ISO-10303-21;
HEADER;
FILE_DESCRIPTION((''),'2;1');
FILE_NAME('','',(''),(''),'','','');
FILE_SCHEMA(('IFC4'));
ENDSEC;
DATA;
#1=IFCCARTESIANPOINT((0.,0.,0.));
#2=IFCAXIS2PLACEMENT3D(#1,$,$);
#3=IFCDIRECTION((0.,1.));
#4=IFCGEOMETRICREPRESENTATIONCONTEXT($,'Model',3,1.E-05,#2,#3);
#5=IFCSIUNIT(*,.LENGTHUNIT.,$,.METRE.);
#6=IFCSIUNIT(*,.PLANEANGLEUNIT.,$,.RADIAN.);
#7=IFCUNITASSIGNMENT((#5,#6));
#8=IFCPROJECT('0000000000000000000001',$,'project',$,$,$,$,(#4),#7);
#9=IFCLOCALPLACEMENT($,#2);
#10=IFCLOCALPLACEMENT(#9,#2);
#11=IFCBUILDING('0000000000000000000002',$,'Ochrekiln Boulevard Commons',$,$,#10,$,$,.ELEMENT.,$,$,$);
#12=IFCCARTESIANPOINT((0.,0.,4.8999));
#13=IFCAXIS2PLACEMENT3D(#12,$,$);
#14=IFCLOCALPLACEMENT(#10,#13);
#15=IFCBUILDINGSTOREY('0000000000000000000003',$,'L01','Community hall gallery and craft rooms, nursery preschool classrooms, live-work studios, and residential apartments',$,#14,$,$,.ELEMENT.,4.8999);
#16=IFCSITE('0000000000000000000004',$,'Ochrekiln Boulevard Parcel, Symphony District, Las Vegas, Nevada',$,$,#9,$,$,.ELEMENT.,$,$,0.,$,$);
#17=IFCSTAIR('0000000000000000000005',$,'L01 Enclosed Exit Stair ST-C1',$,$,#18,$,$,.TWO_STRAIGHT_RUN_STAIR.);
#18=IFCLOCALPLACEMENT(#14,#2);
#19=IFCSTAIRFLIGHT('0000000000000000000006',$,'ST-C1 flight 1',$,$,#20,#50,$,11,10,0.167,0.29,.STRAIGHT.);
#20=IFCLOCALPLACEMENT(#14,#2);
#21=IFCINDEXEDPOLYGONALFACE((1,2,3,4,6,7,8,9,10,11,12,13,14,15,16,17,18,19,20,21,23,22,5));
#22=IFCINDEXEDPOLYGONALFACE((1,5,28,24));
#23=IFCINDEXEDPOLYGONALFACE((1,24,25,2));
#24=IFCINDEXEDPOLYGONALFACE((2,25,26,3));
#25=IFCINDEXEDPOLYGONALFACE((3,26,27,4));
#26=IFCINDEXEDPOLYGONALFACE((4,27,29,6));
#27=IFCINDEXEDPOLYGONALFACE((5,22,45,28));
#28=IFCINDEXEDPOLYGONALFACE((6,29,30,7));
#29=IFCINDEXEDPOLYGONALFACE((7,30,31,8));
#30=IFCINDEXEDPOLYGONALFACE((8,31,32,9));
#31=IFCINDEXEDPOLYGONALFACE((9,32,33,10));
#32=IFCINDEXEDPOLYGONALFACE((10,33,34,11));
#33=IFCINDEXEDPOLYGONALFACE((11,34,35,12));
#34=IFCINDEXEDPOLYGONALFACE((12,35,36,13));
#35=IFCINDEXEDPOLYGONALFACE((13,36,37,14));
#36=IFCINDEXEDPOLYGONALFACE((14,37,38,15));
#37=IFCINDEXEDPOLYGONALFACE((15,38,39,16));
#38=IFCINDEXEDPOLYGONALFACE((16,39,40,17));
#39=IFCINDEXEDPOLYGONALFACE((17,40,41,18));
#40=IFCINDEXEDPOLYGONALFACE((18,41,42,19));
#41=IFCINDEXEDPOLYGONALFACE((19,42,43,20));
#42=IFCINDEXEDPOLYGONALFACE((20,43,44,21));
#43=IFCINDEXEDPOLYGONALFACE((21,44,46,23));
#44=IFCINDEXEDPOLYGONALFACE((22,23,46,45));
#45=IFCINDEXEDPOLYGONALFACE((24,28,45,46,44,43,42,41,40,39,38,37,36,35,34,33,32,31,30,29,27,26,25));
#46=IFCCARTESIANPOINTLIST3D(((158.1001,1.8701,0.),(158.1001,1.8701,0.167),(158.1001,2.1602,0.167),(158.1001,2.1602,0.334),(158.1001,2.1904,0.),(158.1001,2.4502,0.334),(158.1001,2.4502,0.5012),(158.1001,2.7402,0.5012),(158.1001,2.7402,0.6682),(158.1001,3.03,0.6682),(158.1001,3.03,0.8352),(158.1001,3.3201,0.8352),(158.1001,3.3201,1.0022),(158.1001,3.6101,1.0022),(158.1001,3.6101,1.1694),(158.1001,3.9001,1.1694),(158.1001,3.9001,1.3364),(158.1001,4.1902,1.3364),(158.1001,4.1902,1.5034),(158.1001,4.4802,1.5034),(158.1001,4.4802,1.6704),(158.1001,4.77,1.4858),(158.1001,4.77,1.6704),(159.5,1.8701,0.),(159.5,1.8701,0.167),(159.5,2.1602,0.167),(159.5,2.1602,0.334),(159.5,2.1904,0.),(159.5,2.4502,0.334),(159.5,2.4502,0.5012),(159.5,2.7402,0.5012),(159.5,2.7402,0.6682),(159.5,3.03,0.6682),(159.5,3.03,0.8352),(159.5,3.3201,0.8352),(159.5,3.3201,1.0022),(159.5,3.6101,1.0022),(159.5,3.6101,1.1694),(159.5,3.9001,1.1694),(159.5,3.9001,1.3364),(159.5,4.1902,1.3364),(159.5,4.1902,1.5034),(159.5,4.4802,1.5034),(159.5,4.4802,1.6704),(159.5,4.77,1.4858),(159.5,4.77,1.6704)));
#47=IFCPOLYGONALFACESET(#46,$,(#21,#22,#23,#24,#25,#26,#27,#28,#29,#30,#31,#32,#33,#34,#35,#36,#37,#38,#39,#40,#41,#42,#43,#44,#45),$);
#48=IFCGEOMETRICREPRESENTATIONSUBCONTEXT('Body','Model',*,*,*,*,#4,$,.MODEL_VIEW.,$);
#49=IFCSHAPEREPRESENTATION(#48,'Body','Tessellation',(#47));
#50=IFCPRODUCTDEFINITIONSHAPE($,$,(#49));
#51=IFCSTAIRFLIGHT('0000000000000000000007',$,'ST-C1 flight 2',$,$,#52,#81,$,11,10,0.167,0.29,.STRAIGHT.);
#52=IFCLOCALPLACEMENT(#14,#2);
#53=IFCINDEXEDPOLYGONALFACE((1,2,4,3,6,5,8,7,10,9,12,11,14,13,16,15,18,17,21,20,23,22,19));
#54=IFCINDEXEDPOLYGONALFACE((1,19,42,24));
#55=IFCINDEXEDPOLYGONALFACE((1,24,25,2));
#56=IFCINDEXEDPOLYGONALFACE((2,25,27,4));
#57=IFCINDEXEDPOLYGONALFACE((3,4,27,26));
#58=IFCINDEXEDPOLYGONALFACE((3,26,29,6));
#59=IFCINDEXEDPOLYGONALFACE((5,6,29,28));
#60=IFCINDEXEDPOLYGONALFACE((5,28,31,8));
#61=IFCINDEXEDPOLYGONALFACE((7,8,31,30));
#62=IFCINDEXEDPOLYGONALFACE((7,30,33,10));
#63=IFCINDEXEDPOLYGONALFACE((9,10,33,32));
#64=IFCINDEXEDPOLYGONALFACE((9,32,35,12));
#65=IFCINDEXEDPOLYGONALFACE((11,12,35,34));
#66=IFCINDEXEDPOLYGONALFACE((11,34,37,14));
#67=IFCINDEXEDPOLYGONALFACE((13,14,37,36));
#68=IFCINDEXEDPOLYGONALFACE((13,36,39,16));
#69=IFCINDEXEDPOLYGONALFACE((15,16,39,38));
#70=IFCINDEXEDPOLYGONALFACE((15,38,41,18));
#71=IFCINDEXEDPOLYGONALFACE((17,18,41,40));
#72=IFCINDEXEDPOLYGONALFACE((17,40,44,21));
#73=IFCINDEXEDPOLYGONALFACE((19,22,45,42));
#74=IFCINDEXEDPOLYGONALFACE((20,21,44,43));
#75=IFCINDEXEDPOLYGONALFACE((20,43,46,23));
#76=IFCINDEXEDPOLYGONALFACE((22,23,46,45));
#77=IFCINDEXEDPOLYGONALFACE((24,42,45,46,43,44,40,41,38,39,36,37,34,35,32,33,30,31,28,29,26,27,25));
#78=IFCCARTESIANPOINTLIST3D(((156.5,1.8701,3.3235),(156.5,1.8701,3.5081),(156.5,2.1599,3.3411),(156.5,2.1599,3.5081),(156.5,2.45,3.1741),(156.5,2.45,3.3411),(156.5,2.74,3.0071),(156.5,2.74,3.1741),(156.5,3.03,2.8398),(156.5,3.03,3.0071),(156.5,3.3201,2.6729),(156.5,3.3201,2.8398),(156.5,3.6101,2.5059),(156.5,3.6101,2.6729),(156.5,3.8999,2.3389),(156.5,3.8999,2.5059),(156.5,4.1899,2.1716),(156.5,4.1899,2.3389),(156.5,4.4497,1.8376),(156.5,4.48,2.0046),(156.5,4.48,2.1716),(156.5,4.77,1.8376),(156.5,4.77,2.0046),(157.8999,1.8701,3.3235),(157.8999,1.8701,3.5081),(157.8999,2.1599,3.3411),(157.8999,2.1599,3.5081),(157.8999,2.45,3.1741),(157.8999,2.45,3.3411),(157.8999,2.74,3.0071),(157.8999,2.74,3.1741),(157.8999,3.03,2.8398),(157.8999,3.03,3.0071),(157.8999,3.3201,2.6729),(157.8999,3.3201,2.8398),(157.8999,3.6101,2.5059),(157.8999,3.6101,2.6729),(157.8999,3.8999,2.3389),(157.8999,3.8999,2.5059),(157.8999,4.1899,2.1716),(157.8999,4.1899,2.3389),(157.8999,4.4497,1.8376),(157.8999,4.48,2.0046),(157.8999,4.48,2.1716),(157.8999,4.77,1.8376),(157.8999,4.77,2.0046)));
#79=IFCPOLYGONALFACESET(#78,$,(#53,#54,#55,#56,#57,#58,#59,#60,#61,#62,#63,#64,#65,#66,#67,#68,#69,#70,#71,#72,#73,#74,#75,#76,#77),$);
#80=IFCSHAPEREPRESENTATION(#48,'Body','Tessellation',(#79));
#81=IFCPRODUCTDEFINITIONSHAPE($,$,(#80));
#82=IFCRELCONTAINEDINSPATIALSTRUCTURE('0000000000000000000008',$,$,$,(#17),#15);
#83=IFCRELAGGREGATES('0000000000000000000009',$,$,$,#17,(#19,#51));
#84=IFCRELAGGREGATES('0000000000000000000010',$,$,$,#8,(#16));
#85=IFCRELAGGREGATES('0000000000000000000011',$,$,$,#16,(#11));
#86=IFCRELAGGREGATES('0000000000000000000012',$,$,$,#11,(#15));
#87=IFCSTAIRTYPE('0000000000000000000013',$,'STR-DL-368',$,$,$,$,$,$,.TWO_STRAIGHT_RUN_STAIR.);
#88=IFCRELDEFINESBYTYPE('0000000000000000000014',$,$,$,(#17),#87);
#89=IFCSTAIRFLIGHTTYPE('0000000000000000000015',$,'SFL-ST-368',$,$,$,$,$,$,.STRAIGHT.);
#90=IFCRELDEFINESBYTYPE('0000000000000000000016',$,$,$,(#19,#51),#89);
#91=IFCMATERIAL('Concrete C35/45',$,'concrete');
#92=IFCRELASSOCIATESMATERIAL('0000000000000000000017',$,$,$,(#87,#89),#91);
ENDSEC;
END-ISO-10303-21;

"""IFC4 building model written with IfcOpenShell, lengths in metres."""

from ifc_helpers import new_model, si_unit, direction, frame, origin, place, context, subcontext, project, spatial, polyline, outline, extrude, material, type_object, element, aggregate, save


model = new_model("IFC4")

# Units and contexts
model_context = context("Model", 3, precision=1e-05, world=origin(), true_north=direction((0.0, 1.0)))
body_context = subcontext(model_context, "Body", "Model", "MODEL_VIEW")
ifc_project = project(units=[si_unit("LENGTHUNIT", "METRE"), si_unit("PLANEANGLEUNIT", "RADIAN")], contexts=[model_context])

# Site, building, storey
site_placement = place(None, origin())
site = spatial("IfcSite", under=ifc_project, at=site_placement, Name="Ochrekiln Boulevard Parcel, Symphony District, Las Vegas, Nevada", CompositionType="ELEMENT", RefElevation=0.0)
building_placement = place(site_placement, origin())
building = spatial("IfcBuilding", under=site, at=building_placement, Name="Ochrekiln Boulevard Commons", CompositionType="ELEMENT")
storey_placement = place(building_placement, frame((0.0, 0.0, 4.8999)))
storey = spatial("IfcBuildingStorey", under=building, at=storey_placement, Name="L01", Description="Community hall gallery and craft rooms, nursery preschool classrooms, live-work studios, and residential apartments", CompositionType="ELEMENT", Elevation=4.8999)

# Shared definitions
ifc_material_1 = material(Name="Concrete C35/45", Category="concrete")

# Stair, stair flights
stair_type = type_object("IfcStairType", Name="STR-DL-368", PredefinedType="TWO_STRAIGHT_RUN_STAIR", material=ifc_material_1)
stair_placement = place(storey_placement, origin())
stair = element("IfcStair", 1, at=stair_placement, inside=storey, type_object=stair_type, Name="L01 Enclosed Exit Stair ST-C1", PredefinedType="TWO_STRAIGHT_RUN_STAIR")
stair_flight_type = type_object("IfcStairFlightType", Name="SFL-ST-368", PredefinedType="STRAIGHT", material=ifc_material_1)
stair_flight_1_placement = place(storey_placement, frame((158.8, 1.8701, 0.0), z_axis=(0.0, 0.0, 1.0), x_axis=(0.0, 1.0, 0.0)))
stair_flight_1 = element("IfcStairFlight", 2, at=stair_flight_1_placement, type_object=stair_flight_type, Name="ST-C1 flight 1", NumberOfRisers=11, NumberOfTreads=10, PredefinedType="STRAIGHT", RiserHeight=0.167, TreadLength=0.29, context=body_context, shape_type="SweptSolid", body=[
    extrude(outline(polyline([(0.0, 0.0), (0.0, 0.167), (0.29, 0.167), (0.29, 0.334), (0.5801, 0.334), (0.5801, 0.5012), (0.8701, 0.5012), (0.8701, 0.6682), (1.1599, 0.6682), (1.1599, 0.8352), (1.45, 0.8352), (1.45, 1.0022), (1.74, 1.0022), (1.74, 1.1694), (2.03, 1.1694), (2.03, 1.3364), (2.3201, 1.3364), (2.3201, 1.5034), (2.6101, 1.5034), (2.6101, 1.6704), (2.8999, 1.6704), (2.8999, 1.8374), (2.8999, 1.4858), (0.3203, 0.0), (0.0, 0.0)])), frame((0.0, 0.7, 0.0), z_axis=(0.0, -1.0, 0.0), x_axis=(1.0, 0.0, 0.0)), (0.0, 0.0, 1.0), 1.3999),
])
stair_flight_2_placement = place(storey_placement, frame((157.2, 4.77, 1.8376), z_axis=(0.0, 0.0, 1.0), x_axis=(0.0, -1.0, 0.0)))
stair_flight_2 = element("IfcStairFlight", 3, at=stair_flight_2_placement, type_object=stair_flight_type, Name="ST-C1 flight 2", NumberOfRisers=11, NumberOfTreads=10, PredefinedType="STRAIGHT", RiserHeight=0.167, TreadLength=0.29, context=body_context, shape_type="SweptSolid", body=[
    extrude(outline(polyline([(0.0, 0.0), (0.0, 0.167), (0.29, 0.167), (0.29, 0.334), (0.5801, 0.334), (0.5801, 0.5012), (0.8701, 0.5012), (0.8701, 0.6682), (1.1599, 0.6682), (1.1599, 0.8352), (1.45, 0.8352), (1.45, 1.0022), (1.74, 1.0022), (1.74, 1.1694), (2.03, 1.1694), (2.03, 1.3364), (2.3201, 1.3364), (2.3201, 1.5034), (2.6101, 1.5034), (2.6101, 1.6704), (2.8999, 1.6704), (2.8999, 1.8374), (2.8999, 1.4858), (0.3203, 0.0), (0.0, 0.0)])), frame((0.0, 0.7, 0.0), z_axis=(0.0, -1.0, 0.0), x_axis=(1.0, 0.0, 0.0)), (0.0, 0.0, 1.0), 1.3999),
])
aggregate(stair, [stair_flight_1, stair_flight_2])

save(model, "model.ifc")
